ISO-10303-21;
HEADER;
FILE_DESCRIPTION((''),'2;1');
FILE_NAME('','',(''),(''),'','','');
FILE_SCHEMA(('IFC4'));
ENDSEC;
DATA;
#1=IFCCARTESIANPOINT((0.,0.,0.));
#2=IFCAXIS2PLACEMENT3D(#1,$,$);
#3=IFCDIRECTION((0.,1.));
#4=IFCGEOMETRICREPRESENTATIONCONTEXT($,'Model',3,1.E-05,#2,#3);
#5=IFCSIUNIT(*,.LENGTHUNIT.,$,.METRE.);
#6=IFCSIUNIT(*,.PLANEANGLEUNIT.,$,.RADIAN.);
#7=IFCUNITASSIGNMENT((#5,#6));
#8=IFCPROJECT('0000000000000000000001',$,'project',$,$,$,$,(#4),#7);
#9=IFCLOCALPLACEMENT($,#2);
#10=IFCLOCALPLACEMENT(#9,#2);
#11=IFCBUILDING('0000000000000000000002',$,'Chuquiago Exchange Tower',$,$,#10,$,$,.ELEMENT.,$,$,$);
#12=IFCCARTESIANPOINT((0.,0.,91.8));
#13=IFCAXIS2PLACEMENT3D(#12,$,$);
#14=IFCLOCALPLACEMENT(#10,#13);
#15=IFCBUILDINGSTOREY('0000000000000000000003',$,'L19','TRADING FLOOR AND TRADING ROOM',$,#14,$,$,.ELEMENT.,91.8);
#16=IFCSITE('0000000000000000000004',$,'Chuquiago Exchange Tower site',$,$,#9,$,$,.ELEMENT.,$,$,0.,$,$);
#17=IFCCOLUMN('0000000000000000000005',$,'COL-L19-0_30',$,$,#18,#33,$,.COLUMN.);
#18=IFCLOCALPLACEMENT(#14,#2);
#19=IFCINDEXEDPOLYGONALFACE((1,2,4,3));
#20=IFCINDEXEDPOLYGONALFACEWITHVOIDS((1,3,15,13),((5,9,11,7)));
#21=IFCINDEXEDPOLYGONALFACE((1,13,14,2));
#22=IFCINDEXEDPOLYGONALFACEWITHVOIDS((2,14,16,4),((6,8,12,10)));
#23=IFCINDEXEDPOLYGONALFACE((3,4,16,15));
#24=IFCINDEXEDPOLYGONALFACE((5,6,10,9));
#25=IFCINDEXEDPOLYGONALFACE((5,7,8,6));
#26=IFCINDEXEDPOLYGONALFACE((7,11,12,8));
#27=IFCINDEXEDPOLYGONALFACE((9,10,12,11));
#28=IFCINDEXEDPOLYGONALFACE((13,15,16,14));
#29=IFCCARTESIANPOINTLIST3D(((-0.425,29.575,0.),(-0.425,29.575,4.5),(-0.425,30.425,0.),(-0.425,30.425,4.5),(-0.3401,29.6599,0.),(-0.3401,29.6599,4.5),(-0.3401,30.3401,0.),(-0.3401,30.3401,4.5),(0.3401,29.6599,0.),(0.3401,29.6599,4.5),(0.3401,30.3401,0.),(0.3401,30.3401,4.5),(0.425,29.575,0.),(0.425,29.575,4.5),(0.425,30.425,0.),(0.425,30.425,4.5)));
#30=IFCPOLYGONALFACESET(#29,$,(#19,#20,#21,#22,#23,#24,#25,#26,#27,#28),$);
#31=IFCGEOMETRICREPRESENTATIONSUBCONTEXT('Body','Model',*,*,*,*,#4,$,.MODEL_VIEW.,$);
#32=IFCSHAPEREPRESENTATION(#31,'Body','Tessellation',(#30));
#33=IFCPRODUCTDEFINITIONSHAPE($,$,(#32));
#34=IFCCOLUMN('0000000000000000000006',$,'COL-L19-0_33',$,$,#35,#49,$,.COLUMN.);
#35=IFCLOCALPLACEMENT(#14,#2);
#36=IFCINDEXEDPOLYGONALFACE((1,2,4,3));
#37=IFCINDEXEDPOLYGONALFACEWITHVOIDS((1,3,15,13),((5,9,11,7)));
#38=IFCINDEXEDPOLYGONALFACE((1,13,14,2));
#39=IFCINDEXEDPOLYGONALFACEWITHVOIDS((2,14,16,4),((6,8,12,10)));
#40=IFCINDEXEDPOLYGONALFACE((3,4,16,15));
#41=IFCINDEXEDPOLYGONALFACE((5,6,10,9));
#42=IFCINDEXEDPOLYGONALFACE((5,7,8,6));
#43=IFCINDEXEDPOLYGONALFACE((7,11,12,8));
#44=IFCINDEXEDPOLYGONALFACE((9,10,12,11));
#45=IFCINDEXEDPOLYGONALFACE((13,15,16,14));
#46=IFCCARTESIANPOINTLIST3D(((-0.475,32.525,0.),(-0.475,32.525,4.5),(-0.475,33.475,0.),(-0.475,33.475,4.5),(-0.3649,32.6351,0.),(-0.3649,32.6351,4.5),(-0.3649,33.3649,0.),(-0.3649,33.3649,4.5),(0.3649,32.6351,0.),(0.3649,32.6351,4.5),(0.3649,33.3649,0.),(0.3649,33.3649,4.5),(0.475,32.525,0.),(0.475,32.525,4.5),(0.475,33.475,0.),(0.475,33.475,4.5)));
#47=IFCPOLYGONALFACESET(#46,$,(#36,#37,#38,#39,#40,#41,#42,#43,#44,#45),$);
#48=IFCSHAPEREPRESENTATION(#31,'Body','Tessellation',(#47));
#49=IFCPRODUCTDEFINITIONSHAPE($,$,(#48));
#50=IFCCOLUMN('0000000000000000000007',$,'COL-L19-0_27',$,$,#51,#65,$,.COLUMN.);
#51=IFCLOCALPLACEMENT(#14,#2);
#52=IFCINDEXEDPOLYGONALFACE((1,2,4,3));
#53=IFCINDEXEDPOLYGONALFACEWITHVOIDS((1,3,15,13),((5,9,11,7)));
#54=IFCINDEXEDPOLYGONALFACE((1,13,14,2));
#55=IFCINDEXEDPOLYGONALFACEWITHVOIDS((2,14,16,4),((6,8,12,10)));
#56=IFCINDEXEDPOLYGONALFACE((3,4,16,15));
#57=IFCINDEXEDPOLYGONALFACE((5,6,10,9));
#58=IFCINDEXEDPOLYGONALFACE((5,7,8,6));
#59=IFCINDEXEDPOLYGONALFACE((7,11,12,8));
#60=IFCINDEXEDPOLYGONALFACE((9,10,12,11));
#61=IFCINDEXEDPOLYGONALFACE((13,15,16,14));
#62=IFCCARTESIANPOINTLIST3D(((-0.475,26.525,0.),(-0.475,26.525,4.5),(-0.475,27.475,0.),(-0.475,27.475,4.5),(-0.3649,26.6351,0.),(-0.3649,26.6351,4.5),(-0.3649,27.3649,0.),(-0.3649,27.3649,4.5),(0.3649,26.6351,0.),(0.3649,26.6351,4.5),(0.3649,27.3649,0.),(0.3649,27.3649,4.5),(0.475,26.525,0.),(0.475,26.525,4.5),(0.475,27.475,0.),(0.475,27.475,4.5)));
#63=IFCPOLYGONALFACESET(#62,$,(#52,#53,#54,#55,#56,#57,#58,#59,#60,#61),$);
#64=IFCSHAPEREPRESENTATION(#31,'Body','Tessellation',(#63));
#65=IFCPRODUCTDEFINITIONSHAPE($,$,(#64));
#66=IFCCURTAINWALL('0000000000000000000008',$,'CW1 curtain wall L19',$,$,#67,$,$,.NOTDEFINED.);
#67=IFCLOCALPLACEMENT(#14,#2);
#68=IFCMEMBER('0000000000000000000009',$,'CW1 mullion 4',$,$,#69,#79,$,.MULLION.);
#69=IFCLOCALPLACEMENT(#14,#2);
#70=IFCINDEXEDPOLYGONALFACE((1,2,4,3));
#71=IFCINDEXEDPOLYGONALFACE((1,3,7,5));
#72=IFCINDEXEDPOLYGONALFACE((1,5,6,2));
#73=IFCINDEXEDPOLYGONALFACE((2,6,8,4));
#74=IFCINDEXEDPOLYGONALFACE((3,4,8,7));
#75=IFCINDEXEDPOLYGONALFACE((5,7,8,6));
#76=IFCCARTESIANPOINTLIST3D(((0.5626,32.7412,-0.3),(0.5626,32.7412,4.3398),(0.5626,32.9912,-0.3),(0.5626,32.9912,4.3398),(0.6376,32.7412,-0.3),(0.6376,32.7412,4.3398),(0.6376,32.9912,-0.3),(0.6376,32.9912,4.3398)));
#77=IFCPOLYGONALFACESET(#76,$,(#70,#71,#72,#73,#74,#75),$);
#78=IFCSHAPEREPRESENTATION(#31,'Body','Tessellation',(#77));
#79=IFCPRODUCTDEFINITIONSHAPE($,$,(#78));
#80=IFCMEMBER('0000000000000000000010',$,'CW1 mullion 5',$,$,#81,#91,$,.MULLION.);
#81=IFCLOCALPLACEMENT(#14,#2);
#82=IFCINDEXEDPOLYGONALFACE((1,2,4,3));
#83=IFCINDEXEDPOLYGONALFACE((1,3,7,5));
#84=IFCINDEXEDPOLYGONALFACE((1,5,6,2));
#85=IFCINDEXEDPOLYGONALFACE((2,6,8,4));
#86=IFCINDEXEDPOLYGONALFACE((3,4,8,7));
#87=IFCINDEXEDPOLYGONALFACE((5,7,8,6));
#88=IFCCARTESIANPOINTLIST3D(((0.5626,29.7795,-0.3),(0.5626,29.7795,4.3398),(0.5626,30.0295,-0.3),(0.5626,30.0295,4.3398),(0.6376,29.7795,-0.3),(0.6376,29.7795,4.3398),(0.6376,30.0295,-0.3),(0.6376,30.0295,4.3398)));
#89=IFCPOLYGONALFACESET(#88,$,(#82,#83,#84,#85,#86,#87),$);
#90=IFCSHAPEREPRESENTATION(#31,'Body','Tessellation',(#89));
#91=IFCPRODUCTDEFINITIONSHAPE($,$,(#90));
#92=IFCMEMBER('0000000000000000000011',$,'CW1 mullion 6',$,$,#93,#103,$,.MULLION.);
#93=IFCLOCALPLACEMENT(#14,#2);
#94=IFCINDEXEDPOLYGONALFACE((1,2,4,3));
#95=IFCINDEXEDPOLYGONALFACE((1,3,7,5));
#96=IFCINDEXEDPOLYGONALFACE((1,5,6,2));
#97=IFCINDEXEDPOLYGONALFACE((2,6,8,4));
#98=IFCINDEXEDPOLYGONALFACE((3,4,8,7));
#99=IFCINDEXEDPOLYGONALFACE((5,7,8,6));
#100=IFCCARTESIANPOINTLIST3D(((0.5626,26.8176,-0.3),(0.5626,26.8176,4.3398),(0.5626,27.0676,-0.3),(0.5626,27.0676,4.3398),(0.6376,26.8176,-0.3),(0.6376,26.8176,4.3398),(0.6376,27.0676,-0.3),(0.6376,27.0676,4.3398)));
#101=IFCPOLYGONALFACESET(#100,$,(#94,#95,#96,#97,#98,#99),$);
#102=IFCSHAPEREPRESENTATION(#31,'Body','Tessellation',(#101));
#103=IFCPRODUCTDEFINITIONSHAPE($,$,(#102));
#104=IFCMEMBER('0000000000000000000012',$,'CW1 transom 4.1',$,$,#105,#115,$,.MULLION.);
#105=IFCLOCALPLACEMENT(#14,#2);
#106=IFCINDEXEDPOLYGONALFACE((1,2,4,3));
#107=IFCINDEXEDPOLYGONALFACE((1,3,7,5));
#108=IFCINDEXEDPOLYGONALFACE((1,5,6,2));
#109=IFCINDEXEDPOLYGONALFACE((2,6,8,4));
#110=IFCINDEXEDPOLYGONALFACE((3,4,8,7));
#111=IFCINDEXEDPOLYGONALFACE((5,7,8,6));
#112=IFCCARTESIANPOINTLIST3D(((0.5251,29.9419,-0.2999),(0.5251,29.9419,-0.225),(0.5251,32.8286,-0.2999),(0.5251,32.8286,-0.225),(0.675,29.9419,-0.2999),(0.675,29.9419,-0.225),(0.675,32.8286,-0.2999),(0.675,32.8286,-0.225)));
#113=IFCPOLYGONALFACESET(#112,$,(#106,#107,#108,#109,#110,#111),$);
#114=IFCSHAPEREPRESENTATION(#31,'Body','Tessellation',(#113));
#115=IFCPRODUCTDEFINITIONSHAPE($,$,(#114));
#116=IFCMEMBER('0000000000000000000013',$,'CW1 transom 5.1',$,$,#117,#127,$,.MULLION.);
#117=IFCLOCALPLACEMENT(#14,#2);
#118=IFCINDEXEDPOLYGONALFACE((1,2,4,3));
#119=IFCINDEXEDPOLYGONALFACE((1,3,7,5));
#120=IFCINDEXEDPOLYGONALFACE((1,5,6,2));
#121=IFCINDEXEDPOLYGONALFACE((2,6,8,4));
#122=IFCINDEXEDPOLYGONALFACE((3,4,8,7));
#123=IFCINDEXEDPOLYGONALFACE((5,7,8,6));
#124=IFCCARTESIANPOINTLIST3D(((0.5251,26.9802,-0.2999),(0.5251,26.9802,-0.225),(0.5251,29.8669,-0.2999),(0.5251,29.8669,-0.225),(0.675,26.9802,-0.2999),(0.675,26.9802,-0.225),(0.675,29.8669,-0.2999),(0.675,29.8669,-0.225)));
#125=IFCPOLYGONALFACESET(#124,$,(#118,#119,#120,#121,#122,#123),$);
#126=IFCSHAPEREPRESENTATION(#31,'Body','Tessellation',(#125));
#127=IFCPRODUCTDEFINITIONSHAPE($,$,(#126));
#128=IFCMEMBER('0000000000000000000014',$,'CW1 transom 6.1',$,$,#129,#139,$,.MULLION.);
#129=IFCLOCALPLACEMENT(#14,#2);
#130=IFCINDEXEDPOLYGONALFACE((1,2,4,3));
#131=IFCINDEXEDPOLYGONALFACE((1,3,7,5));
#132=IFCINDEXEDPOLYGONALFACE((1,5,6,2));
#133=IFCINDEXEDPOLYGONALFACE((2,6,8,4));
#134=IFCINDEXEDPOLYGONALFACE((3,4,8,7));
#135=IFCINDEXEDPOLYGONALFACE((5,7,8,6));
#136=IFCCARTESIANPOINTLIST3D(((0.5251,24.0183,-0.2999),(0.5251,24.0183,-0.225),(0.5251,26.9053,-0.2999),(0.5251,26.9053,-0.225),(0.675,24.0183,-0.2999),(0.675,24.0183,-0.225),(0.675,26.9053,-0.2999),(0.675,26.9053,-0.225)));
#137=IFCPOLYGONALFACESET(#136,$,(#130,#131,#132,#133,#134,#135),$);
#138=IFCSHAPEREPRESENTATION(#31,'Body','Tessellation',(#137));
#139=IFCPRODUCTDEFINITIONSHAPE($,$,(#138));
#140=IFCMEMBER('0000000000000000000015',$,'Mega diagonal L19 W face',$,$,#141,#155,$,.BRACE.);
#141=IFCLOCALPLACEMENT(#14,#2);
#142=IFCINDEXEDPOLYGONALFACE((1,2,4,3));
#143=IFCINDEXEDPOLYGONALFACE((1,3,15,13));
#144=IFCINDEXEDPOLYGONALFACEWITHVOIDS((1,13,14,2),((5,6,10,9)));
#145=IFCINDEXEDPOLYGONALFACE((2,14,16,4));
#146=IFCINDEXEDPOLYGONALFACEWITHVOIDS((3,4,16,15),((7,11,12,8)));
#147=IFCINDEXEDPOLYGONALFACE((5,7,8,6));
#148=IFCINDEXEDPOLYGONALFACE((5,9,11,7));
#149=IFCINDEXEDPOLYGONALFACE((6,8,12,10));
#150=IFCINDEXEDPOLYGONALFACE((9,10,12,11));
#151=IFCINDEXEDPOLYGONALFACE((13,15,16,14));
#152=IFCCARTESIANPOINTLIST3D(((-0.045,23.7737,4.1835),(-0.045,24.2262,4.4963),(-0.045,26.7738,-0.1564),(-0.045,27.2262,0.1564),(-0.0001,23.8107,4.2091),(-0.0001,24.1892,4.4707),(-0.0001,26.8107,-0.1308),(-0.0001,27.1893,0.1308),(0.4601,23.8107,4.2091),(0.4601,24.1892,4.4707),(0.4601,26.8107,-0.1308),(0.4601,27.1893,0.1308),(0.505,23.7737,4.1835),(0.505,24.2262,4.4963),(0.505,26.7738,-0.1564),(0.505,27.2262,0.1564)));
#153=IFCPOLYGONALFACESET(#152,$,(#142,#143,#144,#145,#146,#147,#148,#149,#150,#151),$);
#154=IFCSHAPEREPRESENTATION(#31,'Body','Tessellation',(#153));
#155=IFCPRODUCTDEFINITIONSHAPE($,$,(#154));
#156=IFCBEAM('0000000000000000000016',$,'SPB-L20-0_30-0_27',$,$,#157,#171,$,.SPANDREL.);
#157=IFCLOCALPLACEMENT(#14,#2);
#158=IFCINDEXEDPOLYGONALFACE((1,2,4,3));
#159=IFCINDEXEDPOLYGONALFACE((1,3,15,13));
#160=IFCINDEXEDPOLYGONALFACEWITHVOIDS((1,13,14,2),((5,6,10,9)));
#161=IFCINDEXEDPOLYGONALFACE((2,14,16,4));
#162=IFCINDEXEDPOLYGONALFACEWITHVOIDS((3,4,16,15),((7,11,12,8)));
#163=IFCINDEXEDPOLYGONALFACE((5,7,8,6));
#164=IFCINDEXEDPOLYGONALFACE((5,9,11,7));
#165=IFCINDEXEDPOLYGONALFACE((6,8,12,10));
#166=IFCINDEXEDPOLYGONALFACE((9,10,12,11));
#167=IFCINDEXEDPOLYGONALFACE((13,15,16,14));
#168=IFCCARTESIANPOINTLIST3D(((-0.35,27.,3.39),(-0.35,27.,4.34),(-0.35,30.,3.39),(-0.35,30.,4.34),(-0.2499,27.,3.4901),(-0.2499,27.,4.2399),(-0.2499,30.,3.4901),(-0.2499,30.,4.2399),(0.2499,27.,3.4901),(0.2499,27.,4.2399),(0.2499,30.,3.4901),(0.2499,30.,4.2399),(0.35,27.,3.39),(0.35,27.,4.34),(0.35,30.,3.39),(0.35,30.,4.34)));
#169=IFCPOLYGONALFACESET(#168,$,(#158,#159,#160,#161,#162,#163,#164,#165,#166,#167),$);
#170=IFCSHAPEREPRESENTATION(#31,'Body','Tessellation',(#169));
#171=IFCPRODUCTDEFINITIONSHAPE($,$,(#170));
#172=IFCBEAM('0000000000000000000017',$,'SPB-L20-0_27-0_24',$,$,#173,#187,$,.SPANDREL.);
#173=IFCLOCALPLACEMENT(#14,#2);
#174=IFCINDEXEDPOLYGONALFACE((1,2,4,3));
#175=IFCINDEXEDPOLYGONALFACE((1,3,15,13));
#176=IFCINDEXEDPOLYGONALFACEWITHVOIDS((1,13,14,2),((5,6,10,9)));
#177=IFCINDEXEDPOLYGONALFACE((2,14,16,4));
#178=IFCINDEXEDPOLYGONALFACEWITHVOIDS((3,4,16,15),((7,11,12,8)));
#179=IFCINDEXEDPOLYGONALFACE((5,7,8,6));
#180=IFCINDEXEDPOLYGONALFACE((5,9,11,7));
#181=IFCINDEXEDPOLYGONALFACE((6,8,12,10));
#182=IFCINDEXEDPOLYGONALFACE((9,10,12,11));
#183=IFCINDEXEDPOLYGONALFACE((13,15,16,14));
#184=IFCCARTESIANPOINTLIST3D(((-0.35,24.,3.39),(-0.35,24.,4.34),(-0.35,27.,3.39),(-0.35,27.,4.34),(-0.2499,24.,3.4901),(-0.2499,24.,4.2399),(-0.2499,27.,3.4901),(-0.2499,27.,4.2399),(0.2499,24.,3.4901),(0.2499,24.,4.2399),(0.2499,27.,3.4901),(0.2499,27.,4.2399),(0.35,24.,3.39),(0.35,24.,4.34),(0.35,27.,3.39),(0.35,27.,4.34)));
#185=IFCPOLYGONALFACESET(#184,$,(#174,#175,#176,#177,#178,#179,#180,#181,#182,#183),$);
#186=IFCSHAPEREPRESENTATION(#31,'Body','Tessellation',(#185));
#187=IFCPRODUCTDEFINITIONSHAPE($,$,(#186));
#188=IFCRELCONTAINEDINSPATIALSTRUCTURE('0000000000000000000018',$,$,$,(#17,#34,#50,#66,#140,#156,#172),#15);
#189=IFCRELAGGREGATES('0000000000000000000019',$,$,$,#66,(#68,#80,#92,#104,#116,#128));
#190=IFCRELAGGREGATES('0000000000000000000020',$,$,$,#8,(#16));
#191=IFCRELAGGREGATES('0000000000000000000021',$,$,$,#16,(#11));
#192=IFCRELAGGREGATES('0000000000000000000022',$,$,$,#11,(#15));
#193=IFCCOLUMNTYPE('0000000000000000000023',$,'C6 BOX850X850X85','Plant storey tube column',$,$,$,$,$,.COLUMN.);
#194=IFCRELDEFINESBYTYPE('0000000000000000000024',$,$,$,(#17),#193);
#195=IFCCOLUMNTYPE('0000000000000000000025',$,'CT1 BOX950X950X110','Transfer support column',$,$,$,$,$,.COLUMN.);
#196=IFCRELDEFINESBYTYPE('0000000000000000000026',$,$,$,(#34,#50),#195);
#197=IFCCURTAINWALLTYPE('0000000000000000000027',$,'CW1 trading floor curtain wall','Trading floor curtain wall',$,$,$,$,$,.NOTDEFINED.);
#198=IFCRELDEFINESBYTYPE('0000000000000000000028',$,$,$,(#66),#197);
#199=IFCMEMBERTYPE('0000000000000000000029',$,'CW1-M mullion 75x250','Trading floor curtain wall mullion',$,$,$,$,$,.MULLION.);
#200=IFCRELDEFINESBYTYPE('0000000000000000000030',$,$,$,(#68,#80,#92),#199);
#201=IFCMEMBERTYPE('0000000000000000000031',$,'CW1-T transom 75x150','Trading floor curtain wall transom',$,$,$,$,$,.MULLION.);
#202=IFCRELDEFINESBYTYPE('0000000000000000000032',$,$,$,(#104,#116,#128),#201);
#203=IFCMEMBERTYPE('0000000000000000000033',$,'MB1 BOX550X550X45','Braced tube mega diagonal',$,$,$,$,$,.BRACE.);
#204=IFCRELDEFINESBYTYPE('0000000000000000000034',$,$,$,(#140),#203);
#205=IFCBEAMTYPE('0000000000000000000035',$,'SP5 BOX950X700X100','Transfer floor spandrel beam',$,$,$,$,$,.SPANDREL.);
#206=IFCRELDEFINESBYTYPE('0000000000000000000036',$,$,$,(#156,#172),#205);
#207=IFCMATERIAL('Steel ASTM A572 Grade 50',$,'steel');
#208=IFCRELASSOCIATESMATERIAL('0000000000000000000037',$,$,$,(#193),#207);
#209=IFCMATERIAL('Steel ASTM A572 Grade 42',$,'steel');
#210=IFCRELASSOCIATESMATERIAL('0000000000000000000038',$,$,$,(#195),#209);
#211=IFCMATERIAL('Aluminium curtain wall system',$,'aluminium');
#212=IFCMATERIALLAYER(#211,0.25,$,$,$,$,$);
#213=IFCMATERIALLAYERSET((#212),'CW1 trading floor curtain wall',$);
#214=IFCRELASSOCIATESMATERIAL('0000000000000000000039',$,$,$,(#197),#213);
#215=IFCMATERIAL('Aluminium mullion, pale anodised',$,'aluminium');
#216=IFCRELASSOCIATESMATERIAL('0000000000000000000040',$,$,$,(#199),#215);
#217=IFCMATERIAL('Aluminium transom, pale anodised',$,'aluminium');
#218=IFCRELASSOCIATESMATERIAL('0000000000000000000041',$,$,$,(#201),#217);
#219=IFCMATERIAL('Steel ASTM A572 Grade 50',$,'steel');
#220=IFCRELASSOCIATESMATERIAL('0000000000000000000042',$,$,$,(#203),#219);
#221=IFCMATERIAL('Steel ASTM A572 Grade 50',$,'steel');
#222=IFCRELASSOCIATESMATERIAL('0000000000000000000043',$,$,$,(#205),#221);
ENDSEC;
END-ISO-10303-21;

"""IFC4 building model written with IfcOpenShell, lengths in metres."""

from ifc_helpers import new_model, si_unit, direction, frame, origin, origin_2d, place, context, subcontext, project, spatial, rectangle, hollow_rectangle, extrude, material, layer, layer_set, material_profile, profile_set, type_object, element, aggregate, save


model = new_model("IFC4")

# Units and contexts
model_context = context("Model", 3, precision=1e-05, world=origin(), true_north=direction((0.0, 1.0)))
body_context = subcontext(model_context, "Body", "Model", "MODEL_VIEW")
ifc_project = project(units=[si_unit("LENGTHUNIT", "METRE"), si_unit("PLANEANGLEUNIT", "RADIAN")], contexts=[model_context])

# Site, building, storey
site_placement = place(None, origin())
site = spatial("IfcSite", under=ifc_project, at=site_placement, Name="Chuquiago Exchange Tower site", CompositionType="ELEMENT", RefElevation=0.0)
building_placement = place(site_placement, origin())
building = spatial("IfcBuilding", under=site, at=building_placement, Name="Chuquiago Exchange Tower", CompositionType="ELEMENT")
storey_placement = place(building_placement, frame((0.0, 0.0, 91.8)))
storey = spatial("IfcBuildingStorey", under=building, at=storey_placement, Name="L19", Description="TRADING FLOOR AND TRADING ROOM", CompositionType="ELEMENT", Elevation=91.8)

# Columns
ifc_material_1 = material(Name="Steel ASTM A572 Grade 50", Category="steel")
ifc_material_profile_1 = material_profile(ifc_material_1, hollow_rectangle(XDim=0.8501, YDim=0.8501, WallThickness=0.085, at=origin_2d()), Name="BOX850X850X85")
ifc_profile_set_1 = profile_set([ifc_material_profile_1], Name="Steel ASTM A572 Grade 50")
column_type_1 = type_object("IfcColumnType", Name="C6 BOX850X850X85", Description="Plant storey tube column", PredefinedType="COLUMN", material=ifc_profile_set_1)
column_placement = place(storey_placement, frame((0.0, 30.0, 0.0), z_axis=(0.0, 0.0, 1.0), x_axis=(-1.0, 0.0, 0.0)))
element("IfcColumn", 1, at=column_placement, inside=storey, type_object=column_type_1, Name="COL-L19-0_30", PredefinedType="COLUMN", context=body_context, shape_type="SweptSolid", body=[
    extrude(hollow_rectangle(XDim=0.8501, YDim=0.8501, WallThickness=0.085, at=origin_2d()), origin(), (0.0, 0.0, 1.0), 4.5),
])
ifc_material_2 = material(Name="Steel ASTM A572 Grade 42", Category="steel")
ifc_material_profile_2 = material_profile(ifc_material_2, hollow_rectangle(XDim=0.95, YDim=0.95, WallThickness=0.1101, at=origin_2d()), Name="BOX950X950X110")
ifc_profile_set_2 = profile_set([ifc_material_profile_2], Name="Steel ASTM A572 Grade 42")
column_type_2 = type_object("IfcColumnType", Name="CT1 BOX950X950X110", Description="Transfer support column", PredefinedType="COLUMN", material=ifc_profile_set_2)
for number, where, z_axis, x_axis, name in (
    (2, (0.0, 33.0, 0.0), (0.0, 0.0, 1.0), (-1.0, 0.0, 0.0), "COL-L19-0_33"),
    (3, (0.0, 27.0, 0.0), (0.0, 0.0, 1.0), (-1.0, 0.0, 0.0), "COL-L19-0_27"),
):
    element("IfcColumn", number, at=place(storey_placement, frame(where, z_axis=z_axis, x_axis=x_axis)), inside=storey, type_object=column_type_2, Name=name, PredefinedType="COLUMN", context=body_context, shape_type="SweptSolid", body=[
        extrude(hollow_rectangle(XDim=0.95, YDim=0.95, WallThickness=0.1101, at=origin_2d()), origin(), (0.0, 0.0, 1.0), 4.5),
    ])

# Curtain wall, members
ifc_material_3 = material(Name="Aluminium curtain wall system", Category="aluminium")
ifc_layer_1 = layer(ifc_material_3, 0.25)
ifc_layer_set_1 = layer_set([ifc_layer_1], Name="CW1 trading floor curtain wall")
curtain_wall_type = type_object("IfcCurtainWallType", Name="CW1 trading floor curtain wall", Description="Trading floor curtain wall", PredefinedType="NOTDEFINED", material=ifc_layer_set_1)
curtain_wall_placement = place(storey_placement, origin())
curtain_wall = element("IfcCurtainWall", 4, at=curtain_wall_placement, inside=storey, type_object=curtain_wall_type, Name="CW1 curtain wall L19", PredefinedType="NOTDEFINED")
ifc_material_4 = material(Name="Aluminium mullion, pale anodised", Category="aluminium")
ifc_material_profile_3 = material_profile(ifc_material_4, rectangle(XDim=0.075, YDim=0.25, at=origin_2d()), Name="AL 75x250")
ifc_profile_set_3 = profile_set([ifc_material_profile_3], Name="Aluminium mullion, pale anodised")
member_type_1 = type_object("IfcMemberType", Name="CW1-M mullion 75x250", Description="Trading floor curtain wall mullion", PredefinedType="MULLION", material=ifc_profile_set_3)
member_1_placement = place(storey_placement, frame((0.6001, 32.8662, -0.3), z_axis=(0.0, 0.0, 1.0), x_axis=(1.0, 0.0, 0.0)))
member_1 = element("IfcMember", 5, at=member_1_placement, type_object=member_type_1, Name="CW1 mullion 4", PredefinedType="MULLION", context=body_context, shape_type="SweptSolid", body=[
    extrude(rectangle(XDim=0.075, YDim=0.25, at=origin_2d()), origin(), (0.0, 0.0, 1.0), 4.6399),
])
member_2_placement = place(storey_placement, frame((0.6001, 29.9045, -0.3), z_axis=(0.0, 0.0, 1.0), x_axis=(1.0, 0.0, 0.0)))
member_2 = element("IfcMember", 6, at=member_2_placement, type_object=member_type_1, Name="CW1 mullion 5", PredefinedType="MULLION", context=body_context, shape_type="SweptSolid", body=[
    extrude(rectangle(XDim=0.075, YDim=0.25, at=origin_2d()), origin(), (0.0, 0.0, 1.0), 4.6399),
])
member_3_placement = place(storey_placement, frame((0.6001, 26.9426, -0.3), z_axis=(0.0, 0.0, 1.0), x_axis=(1.0, 0.0, 0.0)))
member_3 = element("IfcMember", 7, at=member_3_placement, type_object=member_type_1, Name="CW1 mullion 6", PredefinedType="MULLION", context=body_context, shape_type="SweptSolid", body=[
    extrude(rectangle(XDim=0.075, YDim=0.25, at=origin_2d()), origin(), (0.0, 0.0, 1.0), 4.6399),
])
ifc_material_5 = material(Name="Aluminium transom, pale anodised", Category="aluminium")
ifc_material_profile_4 = material_profile(ifc_material_5, rectangle(XDim=0.1499, YDim=0.075, at=origin_2d()), Name="AL 150x75")
ifc_profile_set_4 = profile_set([ifc_material_profile_4], Name="Aluminium transom, pale anodised")
member_type_2 = type_object("IfcMemberType", Name="CW1-T transom 75x150", Description="Trading floor curtain wall transom", PredefinedType="MULLION", material=ifc_profile_set_4)
member_4_placement = place(storey_placement, frame((0.6001, 32.8286, -0.2625), z_axis=(0.0, -1.0, 0.0), x_axis=(1.0, 0.0, 0.0)))
member_4 = element("IfcMember", 8, at=member_4_placement, type_object=member_type_2, Name="CW1 transom 4.1", PredefinedType="MULLION", context=body_context, shape_type="SweptSolid", body=[
    extrude(rectangle(XDim=0.1499, YDim=0.075, at=origin_2d()), origin(), (0.0, 0.0, 1.0), 2.8867),
])
member_5_placement = place(storey_placement, frame((0.6001, 29.8669, -0.2625), z_axis=(0.0, -1.0, 0.0), x_axis=(1.0, 0.0, 0.0)))
member_5 = element("IfcMember", 9, at=member_5_placement, type_object=member_type_2, Name="CW1 transom 5.1", PredefinedType="MULLION", context=body_context, shape_type="SweptSolid", body=[
    extrude(rectangle(XDim=0.1499, YDim=0.075, at=origin_2d()), origin(), (0.0, 0.0, 1.0), 2.8867),
])
member_6_placement = place(storey_placement, frame((0.6001, 26.9053, -0.2625), z_axis=(0.0, -1.0, 0.0), x_axis=(1.0, 0.0, 0.0)))
member_6 = element("IfcMember", 10, at=member_6_placement, type_object=member_type_2, Name="CW1 transom 6.1", PredefinedType="MULLION", context=body_context, shape_type="SweptSolid", body=[
    extrude(rectangle(XDim=0.1499, YDim=0.075, at=origin_2d()), origin(), (0.0, 0.0, 1.0), 2.887),
])

# Member
ifc_material_6 = material(Name="Steel ASTM A572 Grade 50", Category="steel")
ifc_material_profile_5 = material_profile(ifc_material_6, hollow_rectangle(XDim=0.55, YDim=0.55, WallThickness=0.0449, at=origin_2d()), Name="BOX550X550X45")
ifc_profile_set_5 = profile_set([ifc_material_profile_5], Name="Steel ASTM A572 Grade 50")
member_type_3 = type_object("IfcMemberType", Name="MB1 BOX550X550X45", Description="Braced tube mega diagonal", PredefinedType="BRACE", material=ifc_profile_set_5)
member_7_placement = place(storey_placement, frame((0.23, 27.0, 0.0), z_axis=(0.0, -0.568632, 0.822592), x_axis=(1.0, 0.0, 0.0)))
element("IfcMember", 11, at=member_7_placement, inside=storey, type_object=member_type_3, Name="Mega diagonal L19 W face", PredefinedType="BRACE", context=body_context, shape_type="SweptSolid", body=[
    extrude(hollow_rectangle(XDim=0.55, YDim=0.55, WallThickness=0.0449, at=origin_2d()), origin(), (0.0, 0.0, 1.0), 5.2759),
])

# Beams
ifc_material_7 = material(Name="Steel ASTM A572 Grade 50", Category="steel")
ifc_material_profile_6 = material_profile(ifc_material_7, hollow_rectangle(XDim=0.7, YDim=0.95, WallThickness=0.1001, at=origin_2d()), Name="BOX950X700X100")
ifc_profile_set_6 = profile_set([ifc_material_profile_6], Name="Steel ASTM A572 Grade 50")
beam_type = type_object("IfcBeamType", Name="SP5 BOX950X700X100", Description="Transfer floor spandrel beam", PredefinedType="SPANDREL", material=ifc_profile_set_6)
for number, where, z_axis, x_axis, name in (
    (12, (0.0, 30.0, 3.865), (0.0, -1.0, 0.0), (1.0, 0.0, 0.0), "SPB-L20-0_30-0_27"),
    (13, (0.0, 27.0, 3.865), (0.0, -1.0, 0.0), (1.0, 0.0, 0.0), "SPB-L20-0_27-0_24"),
):
    element("IfcBeam", number, at=place(storey_placement, frame(where, z_axis=z_axis, x_axis=x_axis)), inside=storey, type_object=beam_type, Name=name, PredefinedType="SPANDREL", context=body_context, shape_type="SweptSolid", body=[
        extrude(hollow_rectangle(XDim=0.7, YDim=0.95, WallThickness=0.1001, at=origin_2d()), origin(), (0.0, 0.0, 1.0), 3.0),
    ])

aggregate(curtain_wall, [member_1, member_2, member_3, member_4, member_5, member_6])

save(model, "model.ifc")
